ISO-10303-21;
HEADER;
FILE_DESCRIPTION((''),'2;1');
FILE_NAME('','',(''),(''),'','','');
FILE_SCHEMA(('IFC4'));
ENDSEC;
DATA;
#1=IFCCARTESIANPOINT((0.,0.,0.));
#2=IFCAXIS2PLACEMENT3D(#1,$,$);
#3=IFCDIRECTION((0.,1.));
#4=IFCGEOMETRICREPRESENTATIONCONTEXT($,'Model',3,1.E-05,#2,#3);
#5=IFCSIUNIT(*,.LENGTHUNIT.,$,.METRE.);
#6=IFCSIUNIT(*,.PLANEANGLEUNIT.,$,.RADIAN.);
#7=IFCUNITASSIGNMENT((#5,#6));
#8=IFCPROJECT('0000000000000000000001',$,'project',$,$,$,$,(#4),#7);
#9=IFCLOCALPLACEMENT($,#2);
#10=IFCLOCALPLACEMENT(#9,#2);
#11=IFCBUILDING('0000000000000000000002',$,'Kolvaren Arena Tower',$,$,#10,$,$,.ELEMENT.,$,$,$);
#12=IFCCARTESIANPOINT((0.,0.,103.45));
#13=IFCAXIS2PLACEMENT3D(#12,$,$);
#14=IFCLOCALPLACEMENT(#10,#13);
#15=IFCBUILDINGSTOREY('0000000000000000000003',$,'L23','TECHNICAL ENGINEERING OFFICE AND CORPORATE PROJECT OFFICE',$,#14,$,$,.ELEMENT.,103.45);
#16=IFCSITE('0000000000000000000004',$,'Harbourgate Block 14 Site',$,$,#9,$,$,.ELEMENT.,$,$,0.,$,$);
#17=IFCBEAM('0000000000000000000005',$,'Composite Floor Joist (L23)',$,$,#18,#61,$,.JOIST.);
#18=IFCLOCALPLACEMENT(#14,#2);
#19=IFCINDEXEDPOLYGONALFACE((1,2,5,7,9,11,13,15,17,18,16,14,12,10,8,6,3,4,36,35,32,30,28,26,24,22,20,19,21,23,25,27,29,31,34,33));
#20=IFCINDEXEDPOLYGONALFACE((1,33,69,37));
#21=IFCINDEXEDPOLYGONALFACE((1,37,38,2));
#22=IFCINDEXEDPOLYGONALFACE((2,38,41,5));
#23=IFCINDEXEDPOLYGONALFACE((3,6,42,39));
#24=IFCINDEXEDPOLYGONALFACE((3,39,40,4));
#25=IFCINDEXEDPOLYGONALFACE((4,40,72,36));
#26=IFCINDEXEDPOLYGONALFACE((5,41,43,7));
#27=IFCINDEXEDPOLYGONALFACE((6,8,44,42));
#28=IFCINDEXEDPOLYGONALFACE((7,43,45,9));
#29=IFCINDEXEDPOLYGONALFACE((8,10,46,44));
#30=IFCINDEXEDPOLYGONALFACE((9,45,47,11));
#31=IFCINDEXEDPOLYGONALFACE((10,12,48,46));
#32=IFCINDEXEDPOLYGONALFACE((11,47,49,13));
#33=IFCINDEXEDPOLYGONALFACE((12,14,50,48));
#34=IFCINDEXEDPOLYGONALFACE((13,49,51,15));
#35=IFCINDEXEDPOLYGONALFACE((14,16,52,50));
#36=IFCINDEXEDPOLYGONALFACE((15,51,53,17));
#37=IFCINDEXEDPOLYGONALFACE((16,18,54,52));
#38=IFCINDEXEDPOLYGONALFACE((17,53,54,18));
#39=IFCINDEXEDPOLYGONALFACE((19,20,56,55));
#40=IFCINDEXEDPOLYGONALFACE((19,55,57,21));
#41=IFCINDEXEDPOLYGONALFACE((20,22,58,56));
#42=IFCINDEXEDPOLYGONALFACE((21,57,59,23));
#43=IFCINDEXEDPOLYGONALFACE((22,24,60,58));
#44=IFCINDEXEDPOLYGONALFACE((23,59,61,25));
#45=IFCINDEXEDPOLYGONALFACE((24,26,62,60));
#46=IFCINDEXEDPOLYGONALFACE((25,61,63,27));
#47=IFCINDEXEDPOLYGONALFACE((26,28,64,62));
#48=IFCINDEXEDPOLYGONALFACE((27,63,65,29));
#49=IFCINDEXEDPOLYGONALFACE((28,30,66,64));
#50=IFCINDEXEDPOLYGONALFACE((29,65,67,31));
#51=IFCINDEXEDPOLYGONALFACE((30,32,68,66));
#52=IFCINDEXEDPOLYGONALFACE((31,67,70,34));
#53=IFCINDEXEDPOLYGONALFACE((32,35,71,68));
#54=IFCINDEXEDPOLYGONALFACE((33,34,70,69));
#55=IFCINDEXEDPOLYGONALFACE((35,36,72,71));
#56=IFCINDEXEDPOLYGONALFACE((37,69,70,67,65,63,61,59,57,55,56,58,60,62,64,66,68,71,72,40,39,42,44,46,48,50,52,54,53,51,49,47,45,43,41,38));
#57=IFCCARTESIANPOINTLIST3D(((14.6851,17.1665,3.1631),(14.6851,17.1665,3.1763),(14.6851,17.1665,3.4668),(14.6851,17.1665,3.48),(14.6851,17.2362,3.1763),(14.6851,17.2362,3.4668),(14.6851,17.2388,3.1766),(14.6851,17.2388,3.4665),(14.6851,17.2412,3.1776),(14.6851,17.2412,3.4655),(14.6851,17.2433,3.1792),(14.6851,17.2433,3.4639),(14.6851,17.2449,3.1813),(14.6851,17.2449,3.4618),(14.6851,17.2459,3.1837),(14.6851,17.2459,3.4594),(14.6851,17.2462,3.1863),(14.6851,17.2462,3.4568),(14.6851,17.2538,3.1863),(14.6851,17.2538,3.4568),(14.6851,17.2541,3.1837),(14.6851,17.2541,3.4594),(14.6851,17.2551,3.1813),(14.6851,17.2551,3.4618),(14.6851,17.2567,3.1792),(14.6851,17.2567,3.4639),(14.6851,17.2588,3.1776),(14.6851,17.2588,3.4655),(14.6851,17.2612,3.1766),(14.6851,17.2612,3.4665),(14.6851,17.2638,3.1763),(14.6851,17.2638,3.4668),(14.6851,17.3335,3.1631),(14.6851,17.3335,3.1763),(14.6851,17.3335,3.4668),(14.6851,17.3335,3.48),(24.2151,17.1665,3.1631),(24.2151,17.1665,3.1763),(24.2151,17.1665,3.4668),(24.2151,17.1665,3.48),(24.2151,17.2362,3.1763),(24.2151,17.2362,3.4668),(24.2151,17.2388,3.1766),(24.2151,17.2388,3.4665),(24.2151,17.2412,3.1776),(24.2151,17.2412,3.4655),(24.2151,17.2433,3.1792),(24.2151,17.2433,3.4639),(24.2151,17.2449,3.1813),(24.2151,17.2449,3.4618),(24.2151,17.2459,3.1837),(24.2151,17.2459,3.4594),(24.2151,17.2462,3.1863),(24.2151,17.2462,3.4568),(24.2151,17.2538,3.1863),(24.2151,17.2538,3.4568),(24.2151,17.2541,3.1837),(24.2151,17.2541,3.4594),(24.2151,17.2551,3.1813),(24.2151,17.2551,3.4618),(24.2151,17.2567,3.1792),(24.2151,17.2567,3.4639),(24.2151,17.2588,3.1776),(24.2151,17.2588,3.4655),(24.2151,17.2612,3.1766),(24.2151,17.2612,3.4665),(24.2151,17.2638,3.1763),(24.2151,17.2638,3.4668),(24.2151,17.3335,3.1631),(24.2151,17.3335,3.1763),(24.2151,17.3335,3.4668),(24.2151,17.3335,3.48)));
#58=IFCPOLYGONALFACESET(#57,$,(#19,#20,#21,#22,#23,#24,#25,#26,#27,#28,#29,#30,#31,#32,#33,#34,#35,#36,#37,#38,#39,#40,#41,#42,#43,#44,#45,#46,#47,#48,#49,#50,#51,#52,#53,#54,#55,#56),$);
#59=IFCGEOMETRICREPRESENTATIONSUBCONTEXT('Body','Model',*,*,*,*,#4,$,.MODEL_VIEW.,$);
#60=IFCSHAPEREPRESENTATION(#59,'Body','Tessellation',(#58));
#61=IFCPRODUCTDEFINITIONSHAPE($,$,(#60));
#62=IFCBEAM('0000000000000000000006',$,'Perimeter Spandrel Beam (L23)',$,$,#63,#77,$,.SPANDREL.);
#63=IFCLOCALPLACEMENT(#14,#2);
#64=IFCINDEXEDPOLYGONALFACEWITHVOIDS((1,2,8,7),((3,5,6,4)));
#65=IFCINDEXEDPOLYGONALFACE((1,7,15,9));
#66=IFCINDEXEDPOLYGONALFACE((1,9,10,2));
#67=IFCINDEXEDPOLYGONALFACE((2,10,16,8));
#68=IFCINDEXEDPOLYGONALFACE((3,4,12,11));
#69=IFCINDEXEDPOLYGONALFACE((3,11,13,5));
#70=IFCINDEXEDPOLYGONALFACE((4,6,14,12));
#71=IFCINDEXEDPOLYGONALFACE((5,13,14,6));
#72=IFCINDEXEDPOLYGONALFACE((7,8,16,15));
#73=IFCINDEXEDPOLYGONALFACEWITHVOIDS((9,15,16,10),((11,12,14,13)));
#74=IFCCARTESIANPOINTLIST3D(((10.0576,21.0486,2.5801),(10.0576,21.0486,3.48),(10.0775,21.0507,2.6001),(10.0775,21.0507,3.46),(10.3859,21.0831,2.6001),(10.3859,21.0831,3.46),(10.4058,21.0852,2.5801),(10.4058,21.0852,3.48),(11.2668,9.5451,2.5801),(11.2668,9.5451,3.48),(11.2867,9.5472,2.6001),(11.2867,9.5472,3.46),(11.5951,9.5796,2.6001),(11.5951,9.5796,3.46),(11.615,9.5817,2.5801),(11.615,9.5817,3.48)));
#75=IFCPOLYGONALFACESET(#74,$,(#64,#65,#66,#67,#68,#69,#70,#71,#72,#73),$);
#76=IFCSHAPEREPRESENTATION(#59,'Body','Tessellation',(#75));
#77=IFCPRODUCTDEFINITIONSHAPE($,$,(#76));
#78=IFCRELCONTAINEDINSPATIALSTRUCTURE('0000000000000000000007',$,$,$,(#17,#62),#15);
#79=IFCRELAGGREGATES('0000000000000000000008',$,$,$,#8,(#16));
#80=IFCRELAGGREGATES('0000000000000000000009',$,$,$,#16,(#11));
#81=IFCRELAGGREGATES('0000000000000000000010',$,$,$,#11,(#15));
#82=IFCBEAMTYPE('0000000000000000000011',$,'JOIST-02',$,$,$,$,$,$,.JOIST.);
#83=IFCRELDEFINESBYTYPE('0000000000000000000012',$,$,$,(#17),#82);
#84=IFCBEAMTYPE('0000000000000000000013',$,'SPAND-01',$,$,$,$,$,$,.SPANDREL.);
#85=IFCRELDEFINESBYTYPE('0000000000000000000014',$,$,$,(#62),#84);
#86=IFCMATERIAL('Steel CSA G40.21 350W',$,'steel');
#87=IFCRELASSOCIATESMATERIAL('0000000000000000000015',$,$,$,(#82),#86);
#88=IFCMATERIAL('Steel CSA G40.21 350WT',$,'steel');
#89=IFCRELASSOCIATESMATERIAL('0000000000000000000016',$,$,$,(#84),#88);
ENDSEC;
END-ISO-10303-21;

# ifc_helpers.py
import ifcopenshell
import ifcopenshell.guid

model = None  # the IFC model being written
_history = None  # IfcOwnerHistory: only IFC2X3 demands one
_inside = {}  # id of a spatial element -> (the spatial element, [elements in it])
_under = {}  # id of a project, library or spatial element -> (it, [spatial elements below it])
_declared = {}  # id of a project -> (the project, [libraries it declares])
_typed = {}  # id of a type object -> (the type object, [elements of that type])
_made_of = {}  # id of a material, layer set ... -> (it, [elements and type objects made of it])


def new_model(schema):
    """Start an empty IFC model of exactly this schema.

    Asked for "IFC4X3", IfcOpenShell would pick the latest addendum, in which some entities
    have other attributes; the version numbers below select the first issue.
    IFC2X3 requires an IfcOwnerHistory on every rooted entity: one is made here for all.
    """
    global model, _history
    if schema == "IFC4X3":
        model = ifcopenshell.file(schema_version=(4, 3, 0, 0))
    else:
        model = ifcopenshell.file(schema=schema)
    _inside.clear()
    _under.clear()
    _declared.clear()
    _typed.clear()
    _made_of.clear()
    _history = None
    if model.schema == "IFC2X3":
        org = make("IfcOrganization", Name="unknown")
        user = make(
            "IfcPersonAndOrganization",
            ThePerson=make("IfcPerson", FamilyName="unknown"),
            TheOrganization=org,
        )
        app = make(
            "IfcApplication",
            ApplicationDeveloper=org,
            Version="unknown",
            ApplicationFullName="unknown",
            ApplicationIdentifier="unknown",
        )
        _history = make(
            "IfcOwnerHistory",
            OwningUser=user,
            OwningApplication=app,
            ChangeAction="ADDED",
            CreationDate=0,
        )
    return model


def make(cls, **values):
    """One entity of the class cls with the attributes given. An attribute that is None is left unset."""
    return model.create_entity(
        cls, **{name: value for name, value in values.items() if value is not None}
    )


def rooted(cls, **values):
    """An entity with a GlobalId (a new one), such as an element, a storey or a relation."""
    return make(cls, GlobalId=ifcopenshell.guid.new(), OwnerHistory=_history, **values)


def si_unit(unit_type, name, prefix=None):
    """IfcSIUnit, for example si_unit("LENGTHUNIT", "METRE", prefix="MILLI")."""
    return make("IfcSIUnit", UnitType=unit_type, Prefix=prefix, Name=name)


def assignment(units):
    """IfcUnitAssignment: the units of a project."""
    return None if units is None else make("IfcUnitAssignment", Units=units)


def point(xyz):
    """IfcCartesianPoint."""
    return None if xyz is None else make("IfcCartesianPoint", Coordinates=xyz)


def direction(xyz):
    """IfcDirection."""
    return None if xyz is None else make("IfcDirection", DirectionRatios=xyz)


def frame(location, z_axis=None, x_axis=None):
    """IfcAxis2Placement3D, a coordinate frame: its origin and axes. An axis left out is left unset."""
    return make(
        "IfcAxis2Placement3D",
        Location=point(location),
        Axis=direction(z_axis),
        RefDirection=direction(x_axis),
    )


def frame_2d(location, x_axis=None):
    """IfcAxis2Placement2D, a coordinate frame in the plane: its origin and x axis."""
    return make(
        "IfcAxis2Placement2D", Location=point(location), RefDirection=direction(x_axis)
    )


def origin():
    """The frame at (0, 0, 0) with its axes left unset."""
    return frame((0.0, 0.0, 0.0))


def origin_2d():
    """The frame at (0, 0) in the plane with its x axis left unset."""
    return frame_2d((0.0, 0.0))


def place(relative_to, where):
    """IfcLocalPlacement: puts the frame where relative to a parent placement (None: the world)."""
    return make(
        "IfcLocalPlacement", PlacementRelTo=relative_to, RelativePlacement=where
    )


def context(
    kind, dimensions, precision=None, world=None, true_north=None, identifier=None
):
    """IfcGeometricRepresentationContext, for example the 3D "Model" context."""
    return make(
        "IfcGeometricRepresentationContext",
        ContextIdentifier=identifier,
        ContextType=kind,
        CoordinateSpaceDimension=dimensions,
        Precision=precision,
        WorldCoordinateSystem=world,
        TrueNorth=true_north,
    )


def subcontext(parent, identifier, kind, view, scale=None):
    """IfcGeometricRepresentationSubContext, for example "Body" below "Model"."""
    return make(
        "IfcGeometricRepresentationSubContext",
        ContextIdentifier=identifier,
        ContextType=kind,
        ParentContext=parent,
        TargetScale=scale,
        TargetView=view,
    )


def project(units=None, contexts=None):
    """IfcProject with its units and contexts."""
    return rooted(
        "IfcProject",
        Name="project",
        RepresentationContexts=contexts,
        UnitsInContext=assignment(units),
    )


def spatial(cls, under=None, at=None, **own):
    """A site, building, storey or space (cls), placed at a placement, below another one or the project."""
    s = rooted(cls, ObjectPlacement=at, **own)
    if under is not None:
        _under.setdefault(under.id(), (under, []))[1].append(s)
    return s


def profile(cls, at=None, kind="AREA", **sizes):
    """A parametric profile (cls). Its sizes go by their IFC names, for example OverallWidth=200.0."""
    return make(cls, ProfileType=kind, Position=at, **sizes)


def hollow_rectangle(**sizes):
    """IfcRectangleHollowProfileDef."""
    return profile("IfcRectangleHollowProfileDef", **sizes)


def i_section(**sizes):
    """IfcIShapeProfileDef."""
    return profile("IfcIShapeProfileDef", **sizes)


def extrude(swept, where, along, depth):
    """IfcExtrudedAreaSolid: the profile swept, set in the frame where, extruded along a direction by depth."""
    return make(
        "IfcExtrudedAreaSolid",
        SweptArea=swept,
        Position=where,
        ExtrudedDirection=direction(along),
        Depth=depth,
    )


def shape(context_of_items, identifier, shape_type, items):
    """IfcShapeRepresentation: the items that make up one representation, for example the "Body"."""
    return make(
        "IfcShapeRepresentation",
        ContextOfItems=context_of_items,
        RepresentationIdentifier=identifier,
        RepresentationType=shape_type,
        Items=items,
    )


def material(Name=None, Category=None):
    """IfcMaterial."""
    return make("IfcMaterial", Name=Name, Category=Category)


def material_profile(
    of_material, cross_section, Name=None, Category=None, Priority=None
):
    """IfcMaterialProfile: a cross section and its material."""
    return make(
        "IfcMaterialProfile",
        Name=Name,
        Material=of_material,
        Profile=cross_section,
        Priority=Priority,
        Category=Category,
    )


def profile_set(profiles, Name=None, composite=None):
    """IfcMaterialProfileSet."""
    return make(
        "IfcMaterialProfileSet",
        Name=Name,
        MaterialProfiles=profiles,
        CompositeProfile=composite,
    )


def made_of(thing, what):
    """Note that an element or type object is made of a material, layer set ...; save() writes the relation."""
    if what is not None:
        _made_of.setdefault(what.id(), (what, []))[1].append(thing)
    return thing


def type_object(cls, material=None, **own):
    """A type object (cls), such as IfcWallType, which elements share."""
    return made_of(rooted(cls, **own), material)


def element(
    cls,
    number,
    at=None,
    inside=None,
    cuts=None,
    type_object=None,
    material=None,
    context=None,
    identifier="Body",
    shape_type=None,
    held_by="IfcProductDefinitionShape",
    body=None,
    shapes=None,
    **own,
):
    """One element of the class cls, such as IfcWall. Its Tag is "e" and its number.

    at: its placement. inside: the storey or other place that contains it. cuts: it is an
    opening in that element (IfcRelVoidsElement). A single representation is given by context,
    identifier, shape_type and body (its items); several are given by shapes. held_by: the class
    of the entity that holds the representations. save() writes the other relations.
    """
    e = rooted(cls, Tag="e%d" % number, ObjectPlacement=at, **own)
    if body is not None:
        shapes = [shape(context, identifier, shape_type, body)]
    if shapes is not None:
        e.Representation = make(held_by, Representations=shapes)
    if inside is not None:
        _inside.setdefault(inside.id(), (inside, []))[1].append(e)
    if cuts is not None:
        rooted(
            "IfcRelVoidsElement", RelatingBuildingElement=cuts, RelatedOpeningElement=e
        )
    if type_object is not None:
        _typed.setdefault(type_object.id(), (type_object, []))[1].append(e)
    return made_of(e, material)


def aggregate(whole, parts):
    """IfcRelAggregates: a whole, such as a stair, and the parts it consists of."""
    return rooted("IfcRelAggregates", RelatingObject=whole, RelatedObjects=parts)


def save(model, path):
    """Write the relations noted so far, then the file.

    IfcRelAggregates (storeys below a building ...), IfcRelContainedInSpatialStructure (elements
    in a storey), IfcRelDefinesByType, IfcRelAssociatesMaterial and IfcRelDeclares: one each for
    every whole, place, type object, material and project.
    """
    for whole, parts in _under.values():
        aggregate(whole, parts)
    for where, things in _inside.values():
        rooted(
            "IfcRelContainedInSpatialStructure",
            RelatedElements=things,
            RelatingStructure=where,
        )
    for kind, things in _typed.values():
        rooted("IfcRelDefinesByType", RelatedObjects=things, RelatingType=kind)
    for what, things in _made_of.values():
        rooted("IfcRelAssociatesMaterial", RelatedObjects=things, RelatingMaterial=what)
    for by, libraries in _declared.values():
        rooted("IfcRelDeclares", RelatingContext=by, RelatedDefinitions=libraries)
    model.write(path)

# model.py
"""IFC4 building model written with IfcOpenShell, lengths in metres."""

from ifc_helpers import new_model, si_unit, direction, frame, origin, origin_2d, place, context, subcontext, project, spatial, hollow_rectangle, i_section, extrude, material, material_profile, profile_set, type_object, element, save


model = new_model("IFC4")

# Units and contexts
model_context = context("Model", 3, precision=1e-05, world=origin(), true_north=direction((0.0, 1.0)))
body_context = subcontext(model_context, "Body", "Model", "MODEL_VIEW")
ifc_project = project(units=[si_unit("LENGTHUNIT", "METRE"), si_unit("PLANEANGLEUNIT", "RADIAN")], contexts=[model_context])

# Site, building, storey
site_placement = place(None, origin())
site = spatial("IfcSite", under=ifc_project, at=site_placement, Name="Harbourgate Block 14 Site", CompositionType="ELEMENT", RefElevation=0.0)
building_placement = place(site_placement, origin())
building = spatial("IfcBuilding", under=site, at=building_placement, Name="Kolvaren Arena Tower", CompositionType="ELEMENT")
storey_placement = place(building_placement, frame((0.0, 0.0, 103.45)))
storey = spatial("IfcBuildingStorey", under=building, at=storey_placement, Name="L23", Description="TECHNICAL ENGINEERING OFFICE AND CORPORATE PROJECT OFFICE", CompositionType="ELEMENT", Elevation=103.45)

# Beams
ifc_material_1 = material(Name="Steel CSA G40.21 350W", Category="steel")
ifc_material_profile_1 = material_profile(ifc_material_1, i_section(OverallWidth=0.167, OverallDepth=0.3169, WebThickness=0.0076, FlangeThickness=0.0132, FilletRadius=0.01, at=origin_2d()), Name="W310x52")
ifc_profile_set_1 = profile_set([ifc_material_profile_1], Name="Steel CSA G40.21 350W")
beam_type_1 = type_object("IfcBeamType", Name="JOIST-02", PredefinedType="JOIST", material=ifc_profile_set_1)
beam_1_placement = place(storey_placement, frame((14.6851, 17.25, 3.3215), z_axis=(1.0, 0.0, 0.0), x_axis=(0.0, 1.0, 0.0)))
element("IfcBeam", 1, at=beam_1_placement, inside=storey, type_object=beam_type_1, Name="Composite Floor Joist (L23)", PredefinedType="JOIST", context=body_context, shape_type="SweptSolid", body=[
    extrude(i_section(OverallWidth=0.167, OverallDepth=0.3169, WebThickness=0.0076, FlangeThickness=0.0132, FilletRadius=0.01, at=origin_2d()), origin(), (0.0, 0.0, 1.0), 9.53),
])
ifc_material_2 = material(Name="Steel CSA G40.21 350WT", Category="steel")
ifc_material_profile_2 = material_profile(ifc_material_2, hollow_rectangle(XDim=0.3501, YDim=0.8999, WallThickness=0.02, at=origin_2d()), Name="HSS 900x350x20")
ifc_profile_set_2 = profile_set([ifc_material_profile_2], Name="Steel CSA G40.21 350WT")
beam_type_2 = type_object("IfcBeamType", Name="SPAND-01", PredefinedType="SPANDREL", material=ifc_profile_set_2)
beam_2_placement = place(storey_placement, frame((10.2317, 21.0669, 3.03), z_axis=(0.104543, -0.99452, 0.0), x_axis=(0.99452, 0.104543, 0.0)))
element("IfcBeam", 2, at=beam_2_placement, inside=storey, type_object=beam_type_2, Name="Perimeter Spandrel Beam (L23)", PredefinedType="SPANDREL", context=body_context, shape_type="SweptSolid", body=[
    extrude(hollow_rectangle(XDim=0.3501, YDim=0.8999, WallThickness=0.02, at=origin_2d()), origin(), (0.0, 0.0, 1.0), 11.5669),
])

save(model, "model.ifc")
